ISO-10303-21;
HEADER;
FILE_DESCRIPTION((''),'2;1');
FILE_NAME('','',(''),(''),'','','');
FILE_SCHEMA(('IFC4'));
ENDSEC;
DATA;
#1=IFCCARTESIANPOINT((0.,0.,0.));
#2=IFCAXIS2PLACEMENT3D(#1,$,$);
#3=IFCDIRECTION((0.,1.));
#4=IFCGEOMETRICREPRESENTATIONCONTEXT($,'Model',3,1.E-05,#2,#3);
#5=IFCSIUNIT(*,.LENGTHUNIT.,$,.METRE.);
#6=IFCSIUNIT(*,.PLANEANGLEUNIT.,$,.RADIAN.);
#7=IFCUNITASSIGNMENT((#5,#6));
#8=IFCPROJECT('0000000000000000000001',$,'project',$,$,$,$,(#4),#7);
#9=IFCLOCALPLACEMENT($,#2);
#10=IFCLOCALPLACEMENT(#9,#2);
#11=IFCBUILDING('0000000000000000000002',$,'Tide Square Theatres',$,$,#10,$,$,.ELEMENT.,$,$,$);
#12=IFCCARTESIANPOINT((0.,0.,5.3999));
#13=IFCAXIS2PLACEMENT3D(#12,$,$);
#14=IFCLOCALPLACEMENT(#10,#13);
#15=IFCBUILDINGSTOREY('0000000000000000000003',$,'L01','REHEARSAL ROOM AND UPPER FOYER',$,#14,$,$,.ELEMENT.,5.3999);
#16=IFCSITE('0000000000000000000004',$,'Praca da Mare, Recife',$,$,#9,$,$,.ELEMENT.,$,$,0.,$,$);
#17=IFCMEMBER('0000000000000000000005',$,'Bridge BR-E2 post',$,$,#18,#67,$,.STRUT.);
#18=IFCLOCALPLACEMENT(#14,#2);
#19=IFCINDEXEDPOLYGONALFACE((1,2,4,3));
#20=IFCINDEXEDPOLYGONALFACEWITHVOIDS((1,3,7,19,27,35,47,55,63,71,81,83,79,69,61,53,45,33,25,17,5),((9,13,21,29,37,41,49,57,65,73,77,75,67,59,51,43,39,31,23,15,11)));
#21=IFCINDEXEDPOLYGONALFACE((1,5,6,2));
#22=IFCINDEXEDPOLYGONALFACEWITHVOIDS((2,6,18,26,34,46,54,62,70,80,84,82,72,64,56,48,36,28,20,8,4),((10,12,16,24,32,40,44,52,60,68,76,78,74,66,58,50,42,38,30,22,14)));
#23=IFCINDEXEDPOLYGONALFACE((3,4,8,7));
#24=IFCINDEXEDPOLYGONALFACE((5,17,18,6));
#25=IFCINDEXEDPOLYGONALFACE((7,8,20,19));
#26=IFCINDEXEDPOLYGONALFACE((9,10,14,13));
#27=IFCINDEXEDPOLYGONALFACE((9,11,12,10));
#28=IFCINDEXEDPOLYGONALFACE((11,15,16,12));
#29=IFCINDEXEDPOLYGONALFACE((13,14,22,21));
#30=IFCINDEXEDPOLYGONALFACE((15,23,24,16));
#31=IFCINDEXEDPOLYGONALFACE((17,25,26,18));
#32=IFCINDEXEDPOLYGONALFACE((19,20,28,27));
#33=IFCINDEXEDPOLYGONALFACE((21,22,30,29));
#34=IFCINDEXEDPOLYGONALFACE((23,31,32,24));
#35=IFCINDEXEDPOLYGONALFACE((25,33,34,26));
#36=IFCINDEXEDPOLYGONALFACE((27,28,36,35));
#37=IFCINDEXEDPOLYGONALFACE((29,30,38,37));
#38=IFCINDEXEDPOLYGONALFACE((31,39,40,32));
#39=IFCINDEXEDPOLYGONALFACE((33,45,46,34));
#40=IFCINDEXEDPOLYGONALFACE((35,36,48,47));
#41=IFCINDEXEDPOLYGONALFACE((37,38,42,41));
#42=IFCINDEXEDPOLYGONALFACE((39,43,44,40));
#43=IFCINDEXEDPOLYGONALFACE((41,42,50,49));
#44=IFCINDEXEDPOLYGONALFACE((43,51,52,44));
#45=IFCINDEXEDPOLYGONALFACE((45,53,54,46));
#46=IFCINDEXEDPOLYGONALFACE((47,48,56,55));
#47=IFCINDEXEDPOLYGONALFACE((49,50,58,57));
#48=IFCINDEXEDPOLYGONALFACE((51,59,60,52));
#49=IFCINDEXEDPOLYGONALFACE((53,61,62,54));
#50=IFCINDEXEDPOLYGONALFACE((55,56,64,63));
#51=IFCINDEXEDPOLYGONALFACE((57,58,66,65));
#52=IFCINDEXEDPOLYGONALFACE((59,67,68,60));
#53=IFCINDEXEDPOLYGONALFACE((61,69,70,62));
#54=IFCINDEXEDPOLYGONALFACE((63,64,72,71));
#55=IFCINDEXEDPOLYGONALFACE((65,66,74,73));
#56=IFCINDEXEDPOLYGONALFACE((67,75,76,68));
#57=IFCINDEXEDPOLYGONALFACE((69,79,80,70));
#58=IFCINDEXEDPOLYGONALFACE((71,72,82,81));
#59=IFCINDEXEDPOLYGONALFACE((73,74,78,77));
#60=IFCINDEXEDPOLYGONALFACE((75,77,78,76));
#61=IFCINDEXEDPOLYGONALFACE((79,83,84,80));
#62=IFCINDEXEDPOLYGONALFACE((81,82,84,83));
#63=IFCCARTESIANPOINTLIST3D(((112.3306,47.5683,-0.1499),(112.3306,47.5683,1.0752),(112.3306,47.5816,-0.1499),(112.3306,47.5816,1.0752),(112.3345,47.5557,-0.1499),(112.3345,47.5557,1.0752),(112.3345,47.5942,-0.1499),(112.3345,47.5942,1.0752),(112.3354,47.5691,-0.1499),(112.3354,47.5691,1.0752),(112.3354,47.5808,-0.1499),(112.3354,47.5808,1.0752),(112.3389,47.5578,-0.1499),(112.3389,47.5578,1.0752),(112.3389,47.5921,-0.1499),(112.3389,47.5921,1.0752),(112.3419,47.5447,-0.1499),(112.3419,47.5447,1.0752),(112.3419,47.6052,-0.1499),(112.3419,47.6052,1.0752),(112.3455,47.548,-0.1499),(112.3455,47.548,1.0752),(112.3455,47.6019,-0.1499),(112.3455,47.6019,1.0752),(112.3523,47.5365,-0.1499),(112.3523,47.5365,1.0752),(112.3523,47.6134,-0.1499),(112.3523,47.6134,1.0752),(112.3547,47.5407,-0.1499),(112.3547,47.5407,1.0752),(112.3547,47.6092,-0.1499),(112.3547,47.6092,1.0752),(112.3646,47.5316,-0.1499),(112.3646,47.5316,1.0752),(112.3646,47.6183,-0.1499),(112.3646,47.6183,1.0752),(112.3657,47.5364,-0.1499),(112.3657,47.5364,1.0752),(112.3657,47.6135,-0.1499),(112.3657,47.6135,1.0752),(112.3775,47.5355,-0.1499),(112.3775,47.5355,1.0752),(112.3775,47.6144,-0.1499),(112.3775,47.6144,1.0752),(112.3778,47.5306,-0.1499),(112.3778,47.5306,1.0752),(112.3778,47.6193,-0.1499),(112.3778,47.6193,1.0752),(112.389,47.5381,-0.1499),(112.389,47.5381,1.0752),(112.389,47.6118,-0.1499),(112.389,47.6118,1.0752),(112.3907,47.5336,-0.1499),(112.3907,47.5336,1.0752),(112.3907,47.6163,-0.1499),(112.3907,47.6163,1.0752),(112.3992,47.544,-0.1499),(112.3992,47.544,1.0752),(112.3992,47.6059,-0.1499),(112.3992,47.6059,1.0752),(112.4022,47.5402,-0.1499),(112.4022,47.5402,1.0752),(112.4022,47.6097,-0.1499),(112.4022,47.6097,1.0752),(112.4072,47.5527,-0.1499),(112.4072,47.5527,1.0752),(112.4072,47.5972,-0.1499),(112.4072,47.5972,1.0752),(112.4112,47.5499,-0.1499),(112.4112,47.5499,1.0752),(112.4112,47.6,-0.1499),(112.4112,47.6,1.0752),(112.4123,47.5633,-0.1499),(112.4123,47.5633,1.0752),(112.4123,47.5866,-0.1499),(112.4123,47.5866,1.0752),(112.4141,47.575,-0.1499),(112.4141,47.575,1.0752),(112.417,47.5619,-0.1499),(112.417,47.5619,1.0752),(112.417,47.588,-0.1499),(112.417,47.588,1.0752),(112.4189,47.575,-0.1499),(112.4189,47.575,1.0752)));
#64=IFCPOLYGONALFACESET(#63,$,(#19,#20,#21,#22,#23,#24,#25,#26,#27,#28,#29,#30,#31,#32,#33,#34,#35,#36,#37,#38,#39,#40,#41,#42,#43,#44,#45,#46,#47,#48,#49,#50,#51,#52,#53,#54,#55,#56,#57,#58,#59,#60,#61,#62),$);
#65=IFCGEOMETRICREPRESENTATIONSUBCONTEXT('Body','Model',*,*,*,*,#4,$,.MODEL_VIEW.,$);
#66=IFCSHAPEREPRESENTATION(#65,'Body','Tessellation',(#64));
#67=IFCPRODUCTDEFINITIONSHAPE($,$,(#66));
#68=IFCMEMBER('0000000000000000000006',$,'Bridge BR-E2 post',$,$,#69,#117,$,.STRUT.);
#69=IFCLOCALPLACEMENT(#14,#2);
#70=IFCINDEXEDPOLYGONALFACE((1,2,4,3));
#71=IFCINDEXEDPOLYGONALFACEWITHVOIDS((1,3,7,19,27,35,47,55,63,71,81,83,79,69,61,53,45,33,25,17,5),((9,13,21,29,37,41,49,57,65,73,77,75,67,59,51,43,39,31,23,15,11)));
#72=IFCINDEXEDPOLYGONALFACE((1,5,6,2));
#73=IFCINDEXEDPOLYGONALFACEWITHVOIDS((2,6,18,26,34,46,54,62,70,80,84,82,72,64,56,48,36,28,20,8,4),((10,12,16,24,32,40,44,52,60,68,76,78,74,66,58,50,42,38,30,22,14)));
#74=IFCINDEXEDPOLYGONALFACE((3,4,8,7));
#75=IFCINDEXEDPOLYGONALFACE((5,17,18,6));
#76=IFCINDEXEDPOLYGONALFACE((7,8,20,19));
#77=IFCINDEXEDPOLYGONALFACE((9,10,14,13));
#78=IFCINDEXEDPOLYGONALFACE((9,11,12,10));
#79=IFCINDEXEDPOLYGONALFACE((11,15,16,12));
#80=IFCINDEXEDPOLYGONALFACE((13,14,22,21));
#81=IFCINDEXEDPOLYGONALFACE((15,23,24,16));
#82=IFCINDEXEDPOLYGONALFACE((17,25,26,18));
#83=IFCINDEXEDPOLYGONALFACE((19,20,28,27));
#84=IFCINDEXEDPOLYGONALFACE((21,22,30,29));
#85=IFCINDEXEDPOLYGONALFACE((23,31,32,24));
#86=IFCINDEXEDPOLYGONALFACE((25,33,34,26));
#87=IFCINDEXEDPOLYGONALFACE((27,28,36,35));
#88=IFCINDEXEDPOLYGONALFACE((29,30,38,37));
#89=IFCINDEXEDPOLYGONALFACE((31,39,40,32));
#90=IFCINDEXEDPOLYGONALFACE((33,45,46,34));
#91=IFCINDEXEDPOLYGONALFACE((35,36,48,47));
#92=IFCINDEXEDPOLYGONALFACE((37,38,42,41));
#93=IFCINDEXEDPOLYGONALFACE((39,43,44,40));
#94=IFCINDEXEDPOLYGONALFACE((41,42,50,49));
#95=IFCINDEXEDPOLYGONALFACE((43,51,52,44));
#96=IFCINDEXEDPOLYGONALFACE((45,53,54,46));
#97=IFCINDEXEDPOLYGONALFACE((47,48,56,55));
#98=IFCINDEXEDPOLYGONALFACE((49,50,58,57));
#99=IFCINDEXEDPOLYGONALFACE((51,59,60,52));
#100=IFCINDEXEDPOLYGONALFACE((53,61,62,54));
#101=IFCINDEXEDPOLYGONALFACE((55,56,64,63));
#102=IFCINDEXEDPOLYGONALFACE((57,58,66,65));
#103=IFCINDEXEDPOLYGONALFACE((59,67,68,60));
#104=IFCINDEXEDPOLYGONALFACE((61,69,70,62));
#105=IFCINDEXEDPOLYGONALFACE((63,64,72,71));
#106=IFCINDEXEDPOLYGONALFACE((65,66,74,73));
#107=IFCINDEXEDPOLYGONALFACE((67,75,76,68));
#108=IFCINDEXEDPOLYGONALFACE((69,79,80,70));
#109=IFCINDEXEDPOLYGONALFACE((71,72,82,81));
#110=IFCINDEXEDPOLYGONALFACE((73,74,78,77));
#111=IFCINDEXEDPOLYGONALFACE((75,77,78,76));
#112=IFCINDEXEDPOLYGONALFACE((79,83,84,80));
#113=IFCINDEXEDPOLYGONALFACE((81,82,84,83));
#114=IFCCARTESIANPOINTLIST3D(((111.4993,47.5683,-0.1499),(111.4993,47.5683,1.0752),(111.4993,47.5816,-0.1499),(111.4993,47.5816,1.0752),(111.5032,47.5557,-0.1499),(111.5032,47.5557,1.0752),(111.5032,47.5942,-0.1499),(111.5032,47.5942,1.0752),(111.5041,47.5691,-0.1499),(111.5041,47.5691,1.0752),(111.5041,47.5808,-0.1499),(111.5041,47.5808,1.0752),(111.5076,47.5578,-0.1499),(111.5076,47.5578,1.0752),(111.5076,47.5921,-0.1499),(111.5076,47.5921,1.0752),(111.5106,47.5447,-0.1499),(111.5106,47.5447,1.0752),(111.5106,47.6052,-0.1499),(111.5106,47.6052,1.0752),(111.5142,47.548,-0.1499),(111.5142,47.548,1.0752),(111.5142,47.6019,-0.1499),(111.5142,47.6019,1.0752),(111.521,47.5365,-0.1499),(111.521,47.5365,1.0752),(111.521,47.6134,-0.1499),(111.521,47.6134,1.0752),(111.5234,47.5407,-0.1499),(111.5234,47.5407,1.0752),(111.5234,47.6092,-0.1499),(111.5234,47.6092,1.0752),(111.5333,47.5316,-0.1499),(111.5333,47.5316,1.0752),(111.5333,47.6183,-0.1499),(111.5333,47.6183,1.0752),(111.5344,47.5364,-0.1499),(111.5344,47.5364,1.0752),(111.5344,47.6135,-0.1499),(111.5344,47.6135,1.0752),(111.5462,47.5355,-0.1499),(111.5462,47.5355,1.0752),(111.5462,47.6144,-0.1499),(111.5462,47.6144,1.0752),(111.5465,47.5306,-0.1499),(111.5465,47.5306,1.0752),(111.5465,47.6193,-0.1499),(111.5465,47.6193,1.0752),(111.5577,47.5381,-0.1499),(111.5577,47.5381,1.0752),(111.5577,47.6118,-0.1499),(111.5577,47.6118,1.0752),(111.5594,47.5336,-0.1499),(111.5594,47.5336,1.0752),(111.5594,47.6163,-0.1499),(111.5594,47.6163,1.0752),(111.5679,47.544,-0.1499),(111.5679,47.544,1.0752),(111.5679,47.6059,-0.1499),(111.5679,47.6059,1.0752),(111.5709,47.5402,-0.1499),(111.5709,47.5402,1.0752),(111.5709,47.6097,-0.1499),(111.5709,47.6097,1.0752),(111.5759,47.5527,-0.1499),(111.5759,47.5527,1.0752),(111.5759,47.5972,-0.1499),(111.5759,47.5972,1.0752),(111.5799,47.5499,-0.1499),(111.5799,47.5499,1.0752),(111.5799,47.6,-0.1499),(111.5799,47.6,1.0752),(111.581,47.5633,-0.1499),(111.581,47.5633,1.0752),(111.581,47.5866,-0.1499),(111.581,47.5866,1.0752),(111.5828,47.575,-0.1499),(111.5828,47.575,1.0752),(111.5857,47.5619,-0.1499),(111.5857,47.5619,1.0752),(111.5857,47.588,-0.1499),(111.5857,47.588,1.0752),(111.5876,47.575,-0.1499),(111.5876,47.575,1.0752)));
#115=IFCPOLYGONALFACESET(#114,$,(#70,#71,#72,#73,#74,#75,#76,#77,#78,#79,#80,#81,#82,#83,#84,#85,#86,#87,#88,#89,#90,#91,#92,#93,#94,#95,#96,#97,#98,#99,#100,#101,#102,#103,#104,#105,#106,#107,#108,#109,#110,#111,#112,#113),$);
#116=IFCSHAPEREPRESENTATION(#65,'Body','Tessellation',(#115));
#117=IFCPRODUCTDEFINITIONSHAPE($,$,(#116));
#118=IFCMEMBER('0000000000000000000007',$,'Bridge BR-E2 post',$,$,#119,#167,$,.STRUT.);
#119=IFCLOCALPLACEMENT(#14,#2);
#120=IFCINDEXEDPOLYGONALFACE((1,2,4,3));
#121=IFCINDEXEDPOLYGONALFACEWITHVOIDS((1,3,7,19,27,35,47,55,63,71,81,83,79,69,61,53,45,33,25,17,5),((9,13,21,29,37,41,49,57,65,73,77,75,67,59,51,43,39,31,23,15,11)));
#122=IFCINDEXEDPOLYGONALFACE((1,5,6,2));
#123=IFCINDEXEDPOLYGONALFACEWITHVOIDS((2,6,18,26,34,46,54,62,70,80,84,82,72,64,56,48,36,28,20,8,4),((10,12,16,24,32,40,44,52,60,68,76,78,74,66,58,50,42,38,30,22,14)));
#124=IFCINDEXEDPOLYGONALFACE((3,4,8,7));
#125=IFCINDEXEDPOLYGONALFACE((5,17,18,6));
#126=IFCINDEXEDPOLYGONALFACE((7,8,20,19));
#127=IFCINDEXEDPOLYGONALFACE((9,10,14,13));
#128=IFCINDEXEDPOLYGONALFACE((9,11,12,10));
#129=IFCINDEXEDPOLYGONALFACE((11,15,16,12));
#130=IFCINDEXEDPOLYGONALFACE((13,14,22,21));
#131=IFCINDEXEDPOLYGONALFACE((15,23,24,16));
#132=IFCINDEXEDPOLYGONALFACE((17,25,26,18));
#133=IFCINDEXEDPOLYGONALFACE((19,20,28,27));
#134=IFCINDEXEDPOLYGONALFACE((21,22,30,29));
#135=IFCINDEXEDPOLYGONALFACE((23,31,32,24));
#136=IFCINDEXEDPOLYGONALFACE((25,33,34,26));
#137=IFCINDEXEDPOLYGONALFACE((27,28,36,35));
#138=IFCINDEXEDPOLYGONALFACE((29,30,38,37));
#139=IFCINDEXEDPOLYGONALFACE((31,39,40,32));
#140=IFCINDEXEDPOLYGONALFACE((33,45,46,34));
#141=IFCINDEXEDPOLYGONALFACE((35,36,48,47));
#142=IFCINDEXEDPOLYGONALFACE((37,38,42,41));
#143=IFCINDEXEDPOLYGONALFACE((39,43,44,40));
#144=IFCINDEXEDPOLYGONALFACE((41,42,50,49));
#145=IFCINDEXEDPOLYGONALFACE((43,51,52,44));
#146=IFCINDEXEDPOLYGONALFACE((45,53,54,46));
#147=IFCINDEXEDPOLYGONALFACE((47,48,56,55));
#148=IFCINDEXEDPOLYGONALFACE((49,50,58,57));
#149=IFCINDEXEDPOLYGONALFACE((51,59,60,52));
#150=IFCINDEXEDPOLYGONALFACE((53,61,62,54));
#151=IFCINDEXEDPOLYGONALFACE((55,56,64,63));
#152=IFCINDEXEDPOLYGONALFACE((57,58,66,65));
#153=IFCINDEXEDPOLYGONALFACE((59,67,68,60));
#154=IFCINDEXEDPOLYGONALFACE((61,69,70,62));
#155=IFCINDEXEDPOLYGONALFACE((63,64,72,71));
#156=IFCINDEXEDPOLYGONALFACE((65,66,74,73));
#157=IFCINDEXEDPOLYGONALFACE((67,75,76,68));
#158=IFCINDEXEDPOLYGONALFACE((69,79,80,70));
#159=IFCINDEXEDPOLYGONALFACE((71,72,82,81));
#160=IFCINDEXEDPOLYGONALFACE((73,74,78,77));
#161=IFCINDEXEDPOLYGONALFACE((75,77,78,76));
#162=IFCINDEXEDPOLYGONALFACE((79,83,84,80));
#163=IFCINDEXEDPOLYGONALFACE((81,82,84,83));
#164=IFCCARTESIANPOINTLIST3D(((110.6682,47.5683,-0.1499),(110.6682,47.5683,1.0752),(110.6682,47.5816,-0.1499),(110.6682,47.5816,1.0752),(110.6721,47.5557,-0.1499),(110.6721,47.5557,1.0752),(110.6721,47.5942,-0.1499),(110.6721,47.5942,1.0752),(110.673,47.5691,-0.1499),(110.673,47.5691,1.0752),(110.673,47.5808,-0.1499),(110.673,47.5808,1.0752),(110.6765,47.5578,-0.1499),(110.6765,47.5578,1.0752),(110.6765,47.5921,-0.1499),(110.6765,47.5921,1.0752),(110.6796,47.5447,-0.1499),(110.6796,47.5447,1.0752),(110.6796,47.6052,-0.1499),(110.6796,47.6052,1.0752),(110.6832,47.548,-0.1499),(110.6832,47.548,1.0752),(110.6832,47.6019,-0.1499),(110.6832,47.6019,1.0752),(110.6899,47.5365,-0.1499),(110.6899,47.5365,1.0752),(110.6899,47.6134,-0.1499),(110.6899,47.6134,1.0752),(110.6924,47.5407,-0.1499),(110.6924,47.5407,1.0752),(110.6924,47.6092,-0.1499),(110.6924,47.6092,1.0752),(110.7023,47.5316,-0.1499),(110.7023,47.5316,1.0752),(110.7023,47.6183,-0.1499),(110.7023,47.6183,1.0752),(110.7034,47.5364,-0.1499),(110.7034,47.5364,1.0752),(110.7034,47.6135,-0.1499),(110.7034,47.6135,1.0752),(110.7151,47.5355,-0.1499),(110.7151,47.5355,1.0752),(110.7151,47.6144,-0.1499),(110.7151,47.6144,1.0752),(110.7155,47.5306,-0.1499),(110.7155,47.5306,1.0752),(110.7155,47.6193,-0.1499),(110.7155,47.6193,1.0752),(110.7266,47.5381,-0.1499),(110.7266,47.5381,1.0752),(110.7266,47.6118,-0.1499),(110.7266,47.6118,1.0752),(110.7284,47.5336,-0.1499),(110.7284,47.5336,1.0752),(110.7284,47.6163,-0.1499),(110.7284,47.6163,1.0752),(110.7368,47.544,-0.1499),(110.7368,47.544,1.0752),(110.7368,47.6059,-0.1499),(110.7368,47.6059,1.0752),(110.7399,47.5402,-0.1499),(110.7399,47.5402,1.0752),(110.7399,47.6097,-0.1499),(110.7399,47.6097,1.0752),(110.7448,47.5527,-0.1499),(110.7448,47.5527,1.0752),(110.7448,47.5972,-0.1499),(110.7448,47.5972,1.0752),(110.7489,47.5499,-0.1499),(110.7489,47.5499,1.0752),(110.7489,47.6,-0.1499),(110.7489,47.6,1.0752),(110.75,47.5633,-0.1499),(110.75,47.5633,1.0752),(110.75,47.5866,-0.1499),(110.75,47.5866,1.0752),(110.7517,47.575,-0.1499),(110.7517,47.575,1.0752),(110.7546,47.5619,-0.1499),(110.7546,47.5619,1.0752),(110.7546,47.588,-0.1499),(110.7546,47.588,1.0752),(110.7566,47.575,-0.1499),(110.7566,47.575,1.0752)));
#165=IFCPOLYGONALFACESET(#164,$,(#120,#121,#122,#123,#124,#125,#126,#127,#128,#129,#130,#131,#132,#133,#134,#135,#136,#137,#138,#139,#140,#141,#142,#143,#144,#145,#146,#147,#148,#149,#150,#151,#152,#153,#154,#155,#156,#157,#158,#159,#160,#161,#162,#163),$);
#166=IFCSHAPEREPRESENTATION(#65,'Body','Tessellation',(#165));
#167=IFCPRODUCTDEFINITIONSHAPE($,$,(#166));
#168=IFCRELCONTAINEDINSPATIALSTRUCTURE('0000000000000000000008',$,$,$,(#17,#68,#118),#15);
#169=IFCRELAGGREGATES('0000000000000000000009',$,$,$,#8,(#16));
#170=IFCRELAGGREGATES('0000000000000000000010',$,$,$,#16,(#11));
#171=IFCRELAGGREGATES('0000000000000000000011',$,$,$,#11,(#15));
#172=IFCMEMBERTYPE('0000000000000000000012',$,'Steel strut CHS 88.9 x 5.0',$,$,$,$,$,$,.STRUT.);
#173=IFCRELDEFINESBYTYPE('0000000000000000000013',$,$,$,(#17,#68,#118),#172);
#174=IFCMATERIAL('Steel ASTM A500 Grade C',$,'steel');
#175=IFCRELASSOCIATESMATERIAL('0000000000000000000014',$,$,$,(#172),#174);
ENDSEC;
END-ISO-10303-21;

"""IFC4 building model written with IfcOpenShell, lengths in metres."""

from ifc_helpers import new_model, si_unit, direction, frame, origin, origin_2d, place, context, subcontext, project, spatial, hollow_circle, extrude, material, material_profile, profile_set, type_object, element, save


model = new_model("IFC4")

# Units and contexts
model_context = context("Model", 3, precision=1e-05, world=origin(), true_north=direction((0.0, 1.0)))
body_context = subcontext(model_context, "Body", "Model", "MODEL_VIEW")
ifc_project = project(units=[si_unit("LENGTHUNIT", "METRE"), si_unit("PLANEANGLEUNIT", "RADIAN")], contexts=[model_context])

# Site, building, storey
site_placement = place(None, origin())
site = spatial("IfcSite", under=ifc_project, at=site_placement, Name="Praca da Mare, Recife", CompositionType="ELEMENT", RefElevation=0.0)
building_placement = place(site_placement, origin())
building = spatial("IfcBuilding", under=site, at=building_placement, Name="Tide Square Theatres", CompositionType="ELEMENT")
storey_placement = place(building_placement, frame((0.0, 0.0, 5.3999)))
storey = spatial("IfcBuildingStorey", under=building, at=storey_placement, Name="L01", Description="REHEARSAL ROOM AND UPPER FOYER", CompositionType="ELEMENT", Elevation=5.3999)

# Members
ifc_material_1 = material(Name="Steel ASTM A500 Grade C", Category="steel")
ifc_material_profile_1 = material_profile(ifc_material_1, hollow_circle(Radius=0.0444, WallThickness=0.0049, at=origin_2d()))
ifc_profile_set_1 = profile_set([ifc_material_profile_1], Name="Steel ASTM A500 Grade C")
member_type_1 = type_object("IfcMemberType", Name="Steel strut CHS 88.9 x 5.0", PredefinedType="STRUT", material=ifc_profile_set_1)
for number, where, z_axis, x_axis, name in (
    (1, (112.3745, 47.575, -0.1499), (0.0, 0.0, 1.0), (1.0, 0.0, 0.0), "Bridge BR-E2 post"),
    (2, (111.5432, 47.575, -0.1499), (0.0, 0.0, 1.0), (1.0, 0.0, 0.0), "Bridge BR-E2 post"),
    (3, (110.7122, 47.575, -0.1499), (0.0, 0.0, 1.0), (1.0, 0.0, 0.0), "Bridge BR-E2 post"),
):
    element("IfcMember", number, at=place(storey_placement, frame(where, z_axis=z_axis, x_axis=x_axis)), inside=storey, type_object=member_type_1, Name=name, PredefinedType="STRUT", context=body_context, shape_type="SweptSolid", body=[
        extrude(hollow_circle(Radius=0.0444, WallThickness=0.0049, at=origin_2d()), origin(), (0.0, 0.0, 1.0), 1.2251),
    ])

save(model, "model.ifc")
